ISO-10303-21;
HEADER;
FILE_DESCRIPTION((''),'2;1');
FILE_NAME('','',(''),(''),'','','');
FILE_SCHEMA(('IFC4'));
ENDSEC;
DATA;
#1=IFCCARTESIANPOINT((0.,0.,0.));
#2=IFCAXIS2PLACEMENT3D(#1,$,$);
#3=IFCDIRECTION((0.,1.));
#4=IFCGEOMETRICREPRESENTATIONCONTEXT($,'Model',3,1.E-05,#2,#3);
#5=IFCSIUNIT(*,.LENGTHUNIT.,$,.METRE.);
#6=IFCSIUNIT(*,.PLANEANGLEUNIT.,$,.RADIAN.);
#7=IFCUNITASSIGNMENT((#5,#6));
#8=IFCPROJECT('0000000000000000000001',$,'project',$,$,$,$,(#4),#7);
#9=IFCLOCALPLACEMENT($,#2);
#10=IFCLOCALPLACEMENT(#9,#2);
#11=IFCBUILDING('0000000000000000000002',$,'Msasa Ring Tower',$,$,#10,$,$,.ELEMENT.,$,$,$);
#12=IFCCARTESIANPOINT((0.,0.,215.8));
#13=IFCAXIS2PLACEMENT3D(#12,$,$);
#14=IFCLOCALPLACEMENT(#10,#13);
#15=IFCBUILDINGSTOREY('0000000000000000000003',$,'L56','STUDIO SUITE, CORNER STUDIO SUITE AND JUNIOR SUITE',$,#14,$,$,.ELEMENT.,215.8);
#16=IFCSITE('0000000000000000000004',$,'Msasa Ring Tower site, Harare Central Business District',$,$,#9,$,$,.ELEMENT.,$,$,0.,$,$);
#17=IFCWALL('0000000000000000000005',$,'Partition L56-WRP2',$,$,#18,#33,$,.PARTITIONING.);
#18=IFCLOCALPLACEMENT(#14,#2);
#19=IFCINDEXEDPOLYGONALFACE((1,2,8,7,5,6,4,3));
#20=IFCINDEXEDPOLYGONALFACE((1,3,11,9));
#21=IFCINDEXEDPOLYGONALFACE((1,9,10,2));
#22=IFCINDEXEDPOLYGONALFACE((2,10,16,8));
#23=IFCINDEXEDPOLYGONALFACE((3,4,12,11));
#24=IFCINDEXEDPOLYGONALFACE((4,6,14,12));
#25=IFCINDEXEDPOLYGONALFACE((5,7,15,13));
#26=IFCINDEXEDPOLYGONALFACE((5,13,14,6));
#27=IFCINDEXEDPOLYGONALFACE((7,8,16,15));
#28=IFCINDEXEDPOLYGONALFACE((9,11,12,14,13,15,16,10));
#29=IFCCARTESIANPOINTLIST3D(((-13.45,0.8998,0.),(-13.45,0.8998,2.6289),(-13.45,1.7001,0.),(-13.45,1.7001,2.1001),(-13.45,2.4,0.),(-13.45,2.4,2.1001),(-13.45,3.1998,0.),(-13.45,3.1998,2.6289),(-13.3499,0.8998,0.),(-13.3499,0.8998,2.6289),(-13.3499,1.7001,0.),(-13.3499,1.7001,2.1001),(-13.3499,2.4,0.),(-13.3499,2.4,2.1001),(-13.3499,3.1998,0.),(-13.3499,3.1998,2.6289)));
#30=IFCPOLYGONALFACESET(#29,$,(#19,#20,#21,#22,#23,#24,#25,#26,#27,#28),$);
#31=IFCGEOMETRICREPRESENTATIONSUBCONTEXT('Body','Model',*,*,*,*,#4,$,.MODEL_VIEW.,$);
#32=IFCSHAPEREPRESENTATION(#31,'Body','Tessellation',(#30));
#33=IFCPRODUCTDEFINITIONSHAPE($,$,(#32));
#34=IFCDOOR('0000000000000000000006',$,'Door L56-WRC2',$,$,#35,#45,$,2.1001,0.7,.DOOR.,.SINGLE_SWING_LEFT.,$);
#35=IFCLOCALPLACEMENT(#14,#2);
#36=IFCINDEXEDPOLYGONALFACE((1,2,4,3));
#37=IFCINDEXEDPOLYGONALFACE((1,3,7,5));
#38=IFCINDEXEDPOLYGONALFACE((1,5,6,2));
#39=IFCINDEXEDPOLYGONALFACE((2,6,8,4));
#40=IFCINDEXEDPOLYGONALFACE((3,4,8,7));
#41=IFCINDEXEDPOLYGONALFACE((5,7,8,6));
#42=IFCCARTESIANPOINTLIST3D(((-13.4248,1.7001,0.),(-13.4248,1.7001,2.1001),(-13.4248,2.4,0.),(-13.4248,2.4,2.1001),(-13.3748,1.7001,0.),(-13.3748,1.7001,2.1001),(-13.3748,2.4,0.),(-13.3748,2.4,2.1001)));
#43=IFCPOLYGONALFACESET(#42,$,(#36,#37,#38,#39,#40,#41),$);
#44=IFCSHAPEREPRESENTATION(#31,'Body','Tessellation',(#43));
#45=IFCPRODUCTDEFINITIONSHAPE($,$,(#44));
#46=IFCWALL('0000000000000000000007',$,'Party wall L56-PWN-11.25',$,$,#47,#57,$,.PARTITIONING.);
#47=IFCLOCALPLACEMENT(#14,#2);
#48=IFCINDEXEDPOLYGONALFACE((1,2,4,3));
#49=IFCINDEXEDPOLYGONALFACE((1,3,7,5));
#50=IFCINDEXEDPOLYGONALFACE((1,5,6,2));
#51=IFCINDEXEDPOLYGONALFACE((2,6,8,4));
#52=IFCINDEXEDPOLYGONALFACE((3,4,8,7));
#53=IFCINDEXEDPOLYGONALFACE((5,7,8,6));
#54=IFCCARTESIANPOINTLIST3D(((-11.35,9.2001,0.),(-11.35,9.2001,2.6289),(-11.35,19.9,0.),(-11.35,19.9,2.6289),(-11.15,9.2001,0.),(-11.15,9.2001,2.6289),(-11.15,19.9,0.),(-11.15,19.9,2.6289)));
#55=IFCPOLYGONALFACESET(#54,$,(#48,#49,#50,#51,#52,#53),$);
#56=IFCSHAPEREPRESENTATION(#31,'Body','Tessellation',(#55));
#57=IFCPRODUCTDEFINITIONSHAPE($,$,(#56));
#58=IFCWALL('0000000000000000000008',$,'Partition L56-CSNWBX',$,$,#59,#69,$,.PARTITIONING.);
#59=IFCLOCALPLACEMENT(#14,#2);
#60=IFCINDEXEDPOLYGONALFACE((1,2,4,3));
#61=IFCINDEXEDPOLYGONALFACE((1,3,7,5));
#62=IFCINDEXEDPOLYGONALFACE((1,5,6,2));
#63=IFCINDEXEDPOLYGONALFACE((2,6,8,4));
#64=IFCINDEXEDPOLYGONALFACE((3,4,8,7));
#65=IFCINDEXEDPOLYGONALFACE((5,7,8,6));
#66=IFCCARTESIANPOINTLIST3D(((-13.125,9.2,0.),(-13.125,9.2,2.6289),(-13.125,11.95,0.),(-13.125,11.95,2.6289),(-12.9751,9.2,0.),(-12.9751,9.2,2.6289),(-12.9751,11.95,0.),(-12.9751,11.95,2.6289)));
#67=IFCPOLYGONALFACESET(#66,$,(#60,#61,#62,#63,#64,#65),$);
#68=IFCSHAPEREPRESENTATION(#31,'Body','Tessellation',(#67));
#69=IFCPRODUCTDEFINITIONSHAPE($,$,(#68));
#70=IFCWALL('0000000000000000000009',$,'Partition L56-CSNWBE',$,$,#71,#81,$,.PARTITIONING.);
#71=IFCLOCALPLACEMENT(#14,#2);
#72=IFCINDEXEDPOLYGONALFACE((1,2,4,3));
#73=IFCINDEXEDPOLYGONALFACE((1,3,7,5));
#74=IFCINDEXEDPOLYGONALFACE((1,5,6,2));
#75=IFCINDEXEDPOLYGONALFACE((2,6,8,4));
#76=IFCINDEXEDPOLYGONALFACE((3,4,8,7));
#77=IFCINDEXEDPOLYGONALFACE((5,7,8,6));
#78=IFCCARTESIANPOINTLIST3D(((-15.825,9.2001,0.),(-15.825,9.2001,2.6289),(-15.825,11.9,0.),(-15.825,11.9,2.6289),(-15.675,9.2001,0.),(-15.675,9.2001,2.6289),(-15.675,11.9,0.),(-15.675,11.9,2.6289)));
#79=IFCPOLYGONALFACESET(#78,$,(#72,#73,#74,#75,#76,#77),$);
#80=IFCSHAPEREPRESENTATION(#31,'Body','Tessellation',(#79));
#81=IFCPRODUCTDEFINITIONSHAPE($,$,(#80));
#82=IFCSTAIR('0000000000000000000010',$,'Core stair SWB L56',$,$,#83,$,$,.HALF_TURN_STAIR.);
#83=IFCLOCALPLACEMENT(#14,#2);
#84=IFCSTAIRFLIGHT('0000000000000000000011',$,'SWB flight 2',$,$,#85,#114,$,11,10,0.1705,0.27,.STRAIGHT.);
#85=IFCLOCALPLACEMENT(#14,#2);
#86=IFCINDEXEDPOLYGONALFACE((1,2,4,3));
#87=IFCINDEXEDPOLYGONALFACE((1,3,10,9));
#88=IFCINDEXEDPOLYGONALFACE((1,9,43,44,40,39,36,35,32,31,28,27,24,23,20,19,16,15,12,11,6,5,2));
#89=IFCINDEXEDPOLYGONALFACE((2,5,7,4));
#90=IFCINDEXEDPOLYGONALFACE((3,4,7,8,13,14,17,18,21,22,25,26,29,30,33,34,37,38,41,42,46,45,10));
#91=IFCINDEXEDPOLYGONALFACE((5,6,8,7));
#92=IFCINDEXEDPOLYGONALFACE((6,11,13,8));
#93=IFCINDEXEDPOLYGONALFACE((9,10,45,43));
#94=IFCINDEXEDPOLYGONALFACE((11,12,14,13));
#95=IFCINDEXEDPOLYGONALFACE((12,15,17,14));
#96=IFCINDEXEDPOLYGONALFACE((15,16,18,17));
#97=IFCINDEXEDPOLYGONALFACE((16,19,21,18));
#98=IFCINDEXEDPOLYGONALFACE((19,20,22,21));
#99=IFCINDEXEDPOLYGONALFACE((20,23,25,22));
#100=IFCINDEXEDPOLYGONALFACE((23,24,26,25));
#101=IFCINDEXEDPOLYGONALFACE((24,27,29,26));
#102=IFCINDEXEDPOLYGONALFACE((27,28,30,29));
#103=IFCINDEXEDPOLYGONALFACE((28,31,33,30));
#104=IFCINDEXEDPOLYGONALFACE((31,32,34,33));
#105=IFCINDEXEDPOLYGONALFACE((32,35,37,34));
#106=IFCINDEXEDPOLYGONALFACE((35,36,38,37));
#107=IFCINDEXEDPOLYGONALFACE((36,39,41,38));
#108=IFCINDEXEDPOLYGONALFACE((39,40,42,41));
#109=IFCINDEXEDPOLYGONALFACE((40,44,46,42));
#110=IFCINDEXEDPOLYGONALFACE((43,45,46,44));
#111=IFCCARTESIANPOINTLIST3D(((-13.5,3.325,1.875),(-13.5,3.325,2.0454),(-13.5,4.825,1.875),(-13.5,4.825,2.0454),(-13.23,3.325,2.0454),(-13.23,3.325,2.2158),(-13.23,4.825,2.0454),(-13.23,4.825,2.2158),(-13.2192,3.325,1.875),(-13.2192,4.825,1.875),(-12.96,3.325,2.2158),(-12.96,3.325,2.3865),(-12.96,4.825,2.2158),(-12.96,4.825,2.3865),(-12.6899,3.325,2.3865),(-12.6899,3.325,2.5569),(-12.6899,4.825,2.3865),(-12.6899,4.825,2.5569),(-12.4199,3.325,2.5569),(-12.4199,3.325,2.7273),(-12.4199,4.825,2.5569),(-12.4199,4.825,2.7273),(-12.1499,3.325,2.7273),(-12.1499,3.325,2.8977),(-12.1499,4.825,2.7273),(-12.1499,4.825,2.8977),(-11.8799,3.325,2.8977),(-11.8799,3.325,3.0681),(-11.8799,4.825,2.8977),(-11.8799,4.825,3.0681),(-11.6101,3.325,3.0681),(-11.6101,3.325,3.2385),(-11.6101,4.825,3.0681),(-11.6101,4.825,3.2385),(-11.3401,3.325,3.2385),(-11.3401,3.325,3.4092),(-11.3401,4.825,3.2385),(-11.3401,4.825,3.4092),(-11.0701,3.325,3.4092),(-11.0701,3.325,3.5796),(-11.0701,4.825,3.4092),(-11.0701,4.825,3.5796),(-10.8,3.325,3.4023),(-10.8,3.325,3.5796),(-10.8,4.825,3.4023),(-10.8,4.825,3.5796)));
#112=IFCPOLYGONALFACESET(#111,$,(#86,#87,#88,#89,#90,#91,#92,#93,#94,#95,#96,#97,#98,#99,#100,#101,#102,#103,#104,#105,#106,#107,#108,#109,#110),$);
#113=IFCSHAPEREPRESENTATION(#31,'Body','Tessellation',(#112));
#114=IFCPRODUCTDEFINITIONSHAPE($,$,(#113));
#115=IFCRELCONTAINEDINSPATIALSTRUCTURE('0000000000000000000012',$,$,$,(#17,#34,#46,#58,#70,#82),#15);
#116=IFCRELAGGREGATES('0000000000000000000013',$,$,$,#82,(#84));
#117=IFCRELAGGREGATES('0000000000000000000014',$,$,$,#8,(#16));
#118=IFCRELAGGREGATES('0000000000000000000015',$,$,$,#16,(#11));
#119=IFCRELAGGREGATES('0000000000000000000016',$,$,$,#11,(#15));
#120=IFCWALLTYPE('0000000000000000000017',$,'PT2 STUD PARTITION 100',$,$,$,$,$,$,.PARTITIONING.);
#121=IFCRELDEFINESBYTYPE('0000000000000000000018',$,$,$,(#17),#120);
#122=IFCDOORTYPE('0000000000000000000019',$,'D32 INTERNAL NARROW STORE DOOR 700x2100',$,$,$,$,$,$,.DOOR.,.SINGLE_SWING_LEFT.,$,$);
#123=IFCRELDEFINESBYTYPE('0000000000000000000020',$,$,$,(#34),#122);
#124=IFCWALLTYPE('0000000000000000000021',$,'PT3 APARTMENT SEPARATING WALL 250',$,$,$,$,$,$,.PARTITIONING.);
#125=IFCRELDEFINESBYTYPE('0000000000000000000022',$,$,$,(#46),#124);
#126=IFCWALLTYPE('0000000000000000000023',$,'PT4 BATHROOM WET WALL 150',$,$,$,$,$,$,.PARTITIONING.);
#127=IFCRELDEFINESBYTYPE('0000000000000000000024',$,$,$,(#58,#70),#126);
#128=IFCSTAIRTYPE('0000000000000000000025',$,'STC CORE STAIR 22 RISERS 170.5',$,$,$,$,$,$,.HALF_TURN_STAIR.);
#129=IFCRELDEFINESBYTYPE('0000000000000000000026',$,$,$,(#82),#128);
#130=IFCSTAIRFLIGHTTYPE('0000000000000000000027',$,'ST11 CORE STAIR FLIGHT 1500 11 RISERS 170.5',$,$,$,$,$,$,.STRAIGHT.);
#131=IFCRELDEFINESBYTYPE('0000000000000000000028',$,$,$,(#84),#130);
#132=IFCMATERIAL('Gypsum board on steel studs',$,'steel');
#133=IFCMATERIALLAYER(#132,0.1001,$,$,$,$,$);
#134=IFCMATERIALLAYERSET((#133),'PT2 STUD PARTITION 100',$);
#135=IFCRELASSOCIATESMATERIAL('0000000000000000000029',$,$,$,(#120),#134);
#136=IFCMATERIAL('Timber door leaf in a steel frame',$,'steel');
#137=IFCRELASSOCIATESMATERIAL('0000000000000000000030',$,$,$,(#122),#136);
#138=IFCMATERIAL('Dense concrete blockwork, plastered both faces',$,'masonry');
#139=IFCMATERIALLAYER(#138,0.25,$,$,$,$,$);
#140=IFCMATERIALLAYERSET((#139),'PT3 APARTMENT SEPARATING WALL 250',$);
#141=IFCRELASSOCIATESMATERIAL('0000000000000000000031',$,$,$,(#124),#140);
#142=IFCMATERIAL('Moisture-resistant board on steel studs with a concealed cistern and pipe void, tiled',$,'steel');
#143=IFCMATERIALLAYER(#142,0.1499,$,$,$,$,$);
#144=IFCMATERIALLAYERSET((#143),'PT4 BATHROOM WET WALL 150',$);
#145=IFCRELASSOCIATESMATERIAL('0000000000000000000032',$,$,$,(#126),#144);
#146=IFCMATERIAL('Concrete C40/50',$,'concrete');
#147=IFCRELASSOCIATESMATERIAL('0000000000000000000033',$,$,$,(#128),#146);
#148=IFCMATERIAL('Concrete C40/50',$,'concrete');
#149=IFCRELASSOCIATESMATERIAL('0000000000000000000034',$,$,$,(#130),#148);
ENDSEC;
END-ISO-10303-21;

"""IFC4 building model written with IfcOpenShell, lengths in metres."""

from ifc_helpers import new_model, si_unit, direction, frame, frame_2d, origin, place, context, subcontext, project, spatial, polyline, rectangle, outline, extrude, material, layer, layer_set, type_object, element, fill, aggregate, save


model = new_model("IFC4")

# Units and contexts
model_context = context("Model", 3, precision=1e-05, world=origin(), true_north=direction((0.0, 1.0)))
body_context = subcontext(model_context, "Body", "Model", "MODEL_VIEW")
ifc_project = project(units=[si_unit("LENGTHUNIT", "METRE"), si_unit("PLANEANGLEUNIT", "RADIAN")], contexts=[model_context])

# Site, building, storey
site_placement = place(None, origin())
site = spatial("IfcSite", under=ifc_project, at=site_placement, Name="Msasa Ring Tower site, Harare Central Business District", CompositionType="ELEMENT", RefElevation=0.0)
building_placement = place(site_placement, origin())
building = spatial("IfcBuilding", under=site, at=building_placement, Name="Msasa Ring Tower", CompositionType="ELEMENT")
storey_placement = place(building_placement, frame((0.0, 0.0, 215.8)))
storey = spatial("IfcBuildingStorey", under=building, at=storey_placement, Name="L56", Description="STUDIO SUITE, CORNER STUDIO SUITE AND JUNIOR SUITE", CompositionType="ELEMENT", Elevation=215.8)

# Wall, opening, door
ifc_material_1 = material(Name="Gypsum board on steel studs", Category="steel")
ifc_layer_1 = layer(ifc_material_1, 0.1001)
ifc_layer_set_1 = layer_set([ifc_layer_1], Name="PT2 STUD PARTITION 100")
wall_type_1 = type_object("IfcWallType", Name="PT2 STUD PARTITION 100", PredefinedType="PARTITIONING", material=ifc_layer_set_1)
wall_1_placement = place(storey_placement, frame((-13.3999, 0.8999, 0.0), z_axis=(0.0, 0.0, 1.0), x_axis=(0.0, 1.0, 0.0)))
wall_1 = element("IfcWall", 1, at=wall_1_placement, inside=storey, type_object=wall_type_1, Name="Partition L56-WRP2", PredefinedType="PARTITIONING", context=body_context, shape_type="SweptSolid", body=[
    extrude(rectangle(XDim=2.3, YDim=0.1001, at=frame_2d((1.1499, 0.0))), origin(), (0.0, 0.0, 1.0), 2.6289),
])
opening_1_placement = place(wall_1_placement, frame((0.8, 0.0, 0.0)))
opening_1 = element("IfcOpeningElement", 2, at=opening_1_placement, cuts=wall_1, PredefinedType="OPENING", context=body_context, shape_type="SweptSolid", body=[
    extrude(rectangle(XDim=0.7, YDim=2.1001, at=frame_2d((0.3501, 1.05))), frame((0.0, 0.0601, 0.0), z_axis=(0.0, -1.0, 0.0), x_axis=(1.0, 0.0, 0.0)), (0.0, 0.0, 1.0), 0.1201),
])
ifc_material_2 = material(Name="Timber door leaf in a steel frame", Category="steel")
door_type_1 = type_object("IfcDoorType", Name="D32 INTERNAL NARROW STORE DOOR 700x2100", OperationType="SINGLE_SWING_LEFT", PredefinedType="DOOR", material=ifc_material_2)
door_1_placement = place(opening_1_placement, origin())
door_1 = element("IfcDoor", 3, at=door_1_placement, inside=storey, type_object=door_type_1, Name="Door L56-WRC2", OperationType="SINGLE_SWING_LEFT", OverallHeight=2.1001, OverallWidth=0.7, PredefinedType="DOOR", context=body_context, shape_type="SweptSolid", body=[
    extrude(rectangle(XDim=0.7, YDim=2.1001, at=frame_2d((0.3501, 1.05))), frame((0.0, 0.0249, 0.0), z_axis=(0.0, -1.0, 0.0), x_axis=(1.0, 0.0, 0.0)), (0.0, 0.0, 1.0), 0.05),
])
fill(opening_1, door_1)

# Walls
ifc_material_3 = material(Name="Dense concrete blockwork, plastered both faces", Category="masonry")
ifc_layer_2 = layer(ifc_material_3, 0.25)
ifc_layer_set_2 = layer_set([ifc_layer_2], Name="PT3 APARTMENT SEPARATING WALL 250")
wall_type_2 = type_object("IfcWallType", Name="PT3 APARTMENT SEPARATING WALL 250", PredefinedType="PARTITIONING", material=ifc_layer_set_2)
wall_2_placement = place(storey_placement, frame((-11.25, 9.2, 0.0), z_axis=(0.0, 0.0, 1.0), x_axis=(0.0, 1.0, 0.0)))
element("IfcWall", 4, at=wall_2_placement, inside=storey, type_object=wall_type_2, Name="Party wall L56-PWN-11.25", PredefinedType="PARTITIONING", context=body_context, shape_type="SweptSolid", body=[
    extrude(rectangle(XDim=10.7, YDim=0.2, at=frame_2d((5.3501, 0.0))), origin(), (0.0, 0.0, 1.0), 2.6289),
])
ifc_material_4 = material(Name="Moisture-resistant board on steel studs with a concealed cistern and pipe void, tiled", Category="steel")
ifc_layer_3 = layer(ifc_material_4, 0.1499)
ifc_layer_set_3 = layer_set([ifc_layer_3], Name="PT4 BATHROOM WET WALL 150")
wall_type_3 = type_object("IfcWallType", Name="PT4 BATHROOM WET WALL 150", PredefinedType="PARTITIONING", material=ifc_layer_set_3)
wall_3_placement = place(storey_placement, frame((-13.05, 9.2, 0.0), z_axis=(0.0, 0.0, 1.0), x_axis=(0.0, 1.0, 0.0)))
element("IfcWall", 5, at=wall_3_placement, inside=storey, type_object=wall_type_3, Name="Partition L56-CSNWBX", PredefinedType="PARTITIONING", context=body_context, shape_type="SweptSolid", body=[
    extrude(rectangle(XDim=2.75, YDim=0.1499, at=frame_2d((1.375, 0.0))), origin(), (0.0, 0.0, 1.0), 2.6289),
])
wall_4_placement = place(storey_placement, frame((-15.75, 9.2, 0.0), z_axis=(0.0, 0.0, 1.0), x_axis=(0.0, 1.0, 0.0)))
element("IfcWall", 6, at=wall_4_placement, inside=storey, type_object=wall_type_3, Name="Partition L56-CSNWBE", PredefinedType="PARTITIONING", context=body_context, shape_type="SweptSolid", body=[
    extrude(rectangle(XDim=2.7, YDim=0.1499, at=frame_2d((1.3501, 0.0))), origin(), (0.0, 0.0, 1.0), 2.6289),
])

# Stair, stair flight
ifc_material_5 = material(Name="Concrete C40/50", Category="concrete")
stair_type = type_object("IfcStairType", Name="STC CORE STAIR 22 RISERS 170.5", PredefinedType="HALF_TURN_STAIR", material=ifc_material_5)
stair_placement = place(storey_placement, origin())
stair = element("IfcStair", 7, at=stair_placement, inside=storey, type_object=stair_type, Name="Core stair SWB L56", PredefinedType="HALF_TURN_STAIR")
ifc_material_6 = material(Name="Concrete C40/50", Category="concrete")
stair_flight_type = type_object("IfcStairFlightType", Name="ST11 CORE STAIR FLIGHT 1500 11 RISERS 170.5", PredefinedType="STRAIGHT", material=ifc_material_6)
stair_flight_placement = place(storey_placement, frame((-13.5, 4.075, 1.875), z_axis=(0.0, 0.0, 1.0), x_axis=(1.0, 0.0, 0.0)))
stair_flight = element("IfcStairFlight", 8, at=stair_flight_placement, type_object=stair_flight_type, Name="SWB flight 2", NumberOfRisers=11, NumberOfTreads=10, PredefinedType="STRAIGHT", RiserHeight=0.1705, TreadLength=0.27, context=body_context, shape_type="SweptSolid", body=[
    extrude(outline(polyline([(0.0, 0.0), (0.0, 0.1704), (0.27, 0.1704), (0.27, 0.3408), (0.54, 0.3408), (0.54, 0.5115), (0.8101, 0.5115), (0.8101, 0.6819), (1.0801, 0.6819), (1.0801, 0.8523), (1.3501, 0.8523), (1.3501, 1.0227), (1.6201, 1.0227), (1.6201, 1.1931), (1.8899, 1.1931), (1.8899, 1.3635), (2.1599, 1.3635), (2.1599, 1.5342), (2.4299, 1.5342), (2.4299, 1.7046), (2.7, 1.7046), (2.7, 1.875), (2.7, 1.5273), (0.2808, 0.0), (0.0, 0.0)])), frame((0.0, 0.75, 0.0), z_axis=(0.0, -1.0, 0.0), x_axis=(1.0, 0.0, 0.0)), (0.0, 0.0, 1.0), 1.5),
])
aggregate(stair, [stair_flight])

save(model, "model.ifc")
